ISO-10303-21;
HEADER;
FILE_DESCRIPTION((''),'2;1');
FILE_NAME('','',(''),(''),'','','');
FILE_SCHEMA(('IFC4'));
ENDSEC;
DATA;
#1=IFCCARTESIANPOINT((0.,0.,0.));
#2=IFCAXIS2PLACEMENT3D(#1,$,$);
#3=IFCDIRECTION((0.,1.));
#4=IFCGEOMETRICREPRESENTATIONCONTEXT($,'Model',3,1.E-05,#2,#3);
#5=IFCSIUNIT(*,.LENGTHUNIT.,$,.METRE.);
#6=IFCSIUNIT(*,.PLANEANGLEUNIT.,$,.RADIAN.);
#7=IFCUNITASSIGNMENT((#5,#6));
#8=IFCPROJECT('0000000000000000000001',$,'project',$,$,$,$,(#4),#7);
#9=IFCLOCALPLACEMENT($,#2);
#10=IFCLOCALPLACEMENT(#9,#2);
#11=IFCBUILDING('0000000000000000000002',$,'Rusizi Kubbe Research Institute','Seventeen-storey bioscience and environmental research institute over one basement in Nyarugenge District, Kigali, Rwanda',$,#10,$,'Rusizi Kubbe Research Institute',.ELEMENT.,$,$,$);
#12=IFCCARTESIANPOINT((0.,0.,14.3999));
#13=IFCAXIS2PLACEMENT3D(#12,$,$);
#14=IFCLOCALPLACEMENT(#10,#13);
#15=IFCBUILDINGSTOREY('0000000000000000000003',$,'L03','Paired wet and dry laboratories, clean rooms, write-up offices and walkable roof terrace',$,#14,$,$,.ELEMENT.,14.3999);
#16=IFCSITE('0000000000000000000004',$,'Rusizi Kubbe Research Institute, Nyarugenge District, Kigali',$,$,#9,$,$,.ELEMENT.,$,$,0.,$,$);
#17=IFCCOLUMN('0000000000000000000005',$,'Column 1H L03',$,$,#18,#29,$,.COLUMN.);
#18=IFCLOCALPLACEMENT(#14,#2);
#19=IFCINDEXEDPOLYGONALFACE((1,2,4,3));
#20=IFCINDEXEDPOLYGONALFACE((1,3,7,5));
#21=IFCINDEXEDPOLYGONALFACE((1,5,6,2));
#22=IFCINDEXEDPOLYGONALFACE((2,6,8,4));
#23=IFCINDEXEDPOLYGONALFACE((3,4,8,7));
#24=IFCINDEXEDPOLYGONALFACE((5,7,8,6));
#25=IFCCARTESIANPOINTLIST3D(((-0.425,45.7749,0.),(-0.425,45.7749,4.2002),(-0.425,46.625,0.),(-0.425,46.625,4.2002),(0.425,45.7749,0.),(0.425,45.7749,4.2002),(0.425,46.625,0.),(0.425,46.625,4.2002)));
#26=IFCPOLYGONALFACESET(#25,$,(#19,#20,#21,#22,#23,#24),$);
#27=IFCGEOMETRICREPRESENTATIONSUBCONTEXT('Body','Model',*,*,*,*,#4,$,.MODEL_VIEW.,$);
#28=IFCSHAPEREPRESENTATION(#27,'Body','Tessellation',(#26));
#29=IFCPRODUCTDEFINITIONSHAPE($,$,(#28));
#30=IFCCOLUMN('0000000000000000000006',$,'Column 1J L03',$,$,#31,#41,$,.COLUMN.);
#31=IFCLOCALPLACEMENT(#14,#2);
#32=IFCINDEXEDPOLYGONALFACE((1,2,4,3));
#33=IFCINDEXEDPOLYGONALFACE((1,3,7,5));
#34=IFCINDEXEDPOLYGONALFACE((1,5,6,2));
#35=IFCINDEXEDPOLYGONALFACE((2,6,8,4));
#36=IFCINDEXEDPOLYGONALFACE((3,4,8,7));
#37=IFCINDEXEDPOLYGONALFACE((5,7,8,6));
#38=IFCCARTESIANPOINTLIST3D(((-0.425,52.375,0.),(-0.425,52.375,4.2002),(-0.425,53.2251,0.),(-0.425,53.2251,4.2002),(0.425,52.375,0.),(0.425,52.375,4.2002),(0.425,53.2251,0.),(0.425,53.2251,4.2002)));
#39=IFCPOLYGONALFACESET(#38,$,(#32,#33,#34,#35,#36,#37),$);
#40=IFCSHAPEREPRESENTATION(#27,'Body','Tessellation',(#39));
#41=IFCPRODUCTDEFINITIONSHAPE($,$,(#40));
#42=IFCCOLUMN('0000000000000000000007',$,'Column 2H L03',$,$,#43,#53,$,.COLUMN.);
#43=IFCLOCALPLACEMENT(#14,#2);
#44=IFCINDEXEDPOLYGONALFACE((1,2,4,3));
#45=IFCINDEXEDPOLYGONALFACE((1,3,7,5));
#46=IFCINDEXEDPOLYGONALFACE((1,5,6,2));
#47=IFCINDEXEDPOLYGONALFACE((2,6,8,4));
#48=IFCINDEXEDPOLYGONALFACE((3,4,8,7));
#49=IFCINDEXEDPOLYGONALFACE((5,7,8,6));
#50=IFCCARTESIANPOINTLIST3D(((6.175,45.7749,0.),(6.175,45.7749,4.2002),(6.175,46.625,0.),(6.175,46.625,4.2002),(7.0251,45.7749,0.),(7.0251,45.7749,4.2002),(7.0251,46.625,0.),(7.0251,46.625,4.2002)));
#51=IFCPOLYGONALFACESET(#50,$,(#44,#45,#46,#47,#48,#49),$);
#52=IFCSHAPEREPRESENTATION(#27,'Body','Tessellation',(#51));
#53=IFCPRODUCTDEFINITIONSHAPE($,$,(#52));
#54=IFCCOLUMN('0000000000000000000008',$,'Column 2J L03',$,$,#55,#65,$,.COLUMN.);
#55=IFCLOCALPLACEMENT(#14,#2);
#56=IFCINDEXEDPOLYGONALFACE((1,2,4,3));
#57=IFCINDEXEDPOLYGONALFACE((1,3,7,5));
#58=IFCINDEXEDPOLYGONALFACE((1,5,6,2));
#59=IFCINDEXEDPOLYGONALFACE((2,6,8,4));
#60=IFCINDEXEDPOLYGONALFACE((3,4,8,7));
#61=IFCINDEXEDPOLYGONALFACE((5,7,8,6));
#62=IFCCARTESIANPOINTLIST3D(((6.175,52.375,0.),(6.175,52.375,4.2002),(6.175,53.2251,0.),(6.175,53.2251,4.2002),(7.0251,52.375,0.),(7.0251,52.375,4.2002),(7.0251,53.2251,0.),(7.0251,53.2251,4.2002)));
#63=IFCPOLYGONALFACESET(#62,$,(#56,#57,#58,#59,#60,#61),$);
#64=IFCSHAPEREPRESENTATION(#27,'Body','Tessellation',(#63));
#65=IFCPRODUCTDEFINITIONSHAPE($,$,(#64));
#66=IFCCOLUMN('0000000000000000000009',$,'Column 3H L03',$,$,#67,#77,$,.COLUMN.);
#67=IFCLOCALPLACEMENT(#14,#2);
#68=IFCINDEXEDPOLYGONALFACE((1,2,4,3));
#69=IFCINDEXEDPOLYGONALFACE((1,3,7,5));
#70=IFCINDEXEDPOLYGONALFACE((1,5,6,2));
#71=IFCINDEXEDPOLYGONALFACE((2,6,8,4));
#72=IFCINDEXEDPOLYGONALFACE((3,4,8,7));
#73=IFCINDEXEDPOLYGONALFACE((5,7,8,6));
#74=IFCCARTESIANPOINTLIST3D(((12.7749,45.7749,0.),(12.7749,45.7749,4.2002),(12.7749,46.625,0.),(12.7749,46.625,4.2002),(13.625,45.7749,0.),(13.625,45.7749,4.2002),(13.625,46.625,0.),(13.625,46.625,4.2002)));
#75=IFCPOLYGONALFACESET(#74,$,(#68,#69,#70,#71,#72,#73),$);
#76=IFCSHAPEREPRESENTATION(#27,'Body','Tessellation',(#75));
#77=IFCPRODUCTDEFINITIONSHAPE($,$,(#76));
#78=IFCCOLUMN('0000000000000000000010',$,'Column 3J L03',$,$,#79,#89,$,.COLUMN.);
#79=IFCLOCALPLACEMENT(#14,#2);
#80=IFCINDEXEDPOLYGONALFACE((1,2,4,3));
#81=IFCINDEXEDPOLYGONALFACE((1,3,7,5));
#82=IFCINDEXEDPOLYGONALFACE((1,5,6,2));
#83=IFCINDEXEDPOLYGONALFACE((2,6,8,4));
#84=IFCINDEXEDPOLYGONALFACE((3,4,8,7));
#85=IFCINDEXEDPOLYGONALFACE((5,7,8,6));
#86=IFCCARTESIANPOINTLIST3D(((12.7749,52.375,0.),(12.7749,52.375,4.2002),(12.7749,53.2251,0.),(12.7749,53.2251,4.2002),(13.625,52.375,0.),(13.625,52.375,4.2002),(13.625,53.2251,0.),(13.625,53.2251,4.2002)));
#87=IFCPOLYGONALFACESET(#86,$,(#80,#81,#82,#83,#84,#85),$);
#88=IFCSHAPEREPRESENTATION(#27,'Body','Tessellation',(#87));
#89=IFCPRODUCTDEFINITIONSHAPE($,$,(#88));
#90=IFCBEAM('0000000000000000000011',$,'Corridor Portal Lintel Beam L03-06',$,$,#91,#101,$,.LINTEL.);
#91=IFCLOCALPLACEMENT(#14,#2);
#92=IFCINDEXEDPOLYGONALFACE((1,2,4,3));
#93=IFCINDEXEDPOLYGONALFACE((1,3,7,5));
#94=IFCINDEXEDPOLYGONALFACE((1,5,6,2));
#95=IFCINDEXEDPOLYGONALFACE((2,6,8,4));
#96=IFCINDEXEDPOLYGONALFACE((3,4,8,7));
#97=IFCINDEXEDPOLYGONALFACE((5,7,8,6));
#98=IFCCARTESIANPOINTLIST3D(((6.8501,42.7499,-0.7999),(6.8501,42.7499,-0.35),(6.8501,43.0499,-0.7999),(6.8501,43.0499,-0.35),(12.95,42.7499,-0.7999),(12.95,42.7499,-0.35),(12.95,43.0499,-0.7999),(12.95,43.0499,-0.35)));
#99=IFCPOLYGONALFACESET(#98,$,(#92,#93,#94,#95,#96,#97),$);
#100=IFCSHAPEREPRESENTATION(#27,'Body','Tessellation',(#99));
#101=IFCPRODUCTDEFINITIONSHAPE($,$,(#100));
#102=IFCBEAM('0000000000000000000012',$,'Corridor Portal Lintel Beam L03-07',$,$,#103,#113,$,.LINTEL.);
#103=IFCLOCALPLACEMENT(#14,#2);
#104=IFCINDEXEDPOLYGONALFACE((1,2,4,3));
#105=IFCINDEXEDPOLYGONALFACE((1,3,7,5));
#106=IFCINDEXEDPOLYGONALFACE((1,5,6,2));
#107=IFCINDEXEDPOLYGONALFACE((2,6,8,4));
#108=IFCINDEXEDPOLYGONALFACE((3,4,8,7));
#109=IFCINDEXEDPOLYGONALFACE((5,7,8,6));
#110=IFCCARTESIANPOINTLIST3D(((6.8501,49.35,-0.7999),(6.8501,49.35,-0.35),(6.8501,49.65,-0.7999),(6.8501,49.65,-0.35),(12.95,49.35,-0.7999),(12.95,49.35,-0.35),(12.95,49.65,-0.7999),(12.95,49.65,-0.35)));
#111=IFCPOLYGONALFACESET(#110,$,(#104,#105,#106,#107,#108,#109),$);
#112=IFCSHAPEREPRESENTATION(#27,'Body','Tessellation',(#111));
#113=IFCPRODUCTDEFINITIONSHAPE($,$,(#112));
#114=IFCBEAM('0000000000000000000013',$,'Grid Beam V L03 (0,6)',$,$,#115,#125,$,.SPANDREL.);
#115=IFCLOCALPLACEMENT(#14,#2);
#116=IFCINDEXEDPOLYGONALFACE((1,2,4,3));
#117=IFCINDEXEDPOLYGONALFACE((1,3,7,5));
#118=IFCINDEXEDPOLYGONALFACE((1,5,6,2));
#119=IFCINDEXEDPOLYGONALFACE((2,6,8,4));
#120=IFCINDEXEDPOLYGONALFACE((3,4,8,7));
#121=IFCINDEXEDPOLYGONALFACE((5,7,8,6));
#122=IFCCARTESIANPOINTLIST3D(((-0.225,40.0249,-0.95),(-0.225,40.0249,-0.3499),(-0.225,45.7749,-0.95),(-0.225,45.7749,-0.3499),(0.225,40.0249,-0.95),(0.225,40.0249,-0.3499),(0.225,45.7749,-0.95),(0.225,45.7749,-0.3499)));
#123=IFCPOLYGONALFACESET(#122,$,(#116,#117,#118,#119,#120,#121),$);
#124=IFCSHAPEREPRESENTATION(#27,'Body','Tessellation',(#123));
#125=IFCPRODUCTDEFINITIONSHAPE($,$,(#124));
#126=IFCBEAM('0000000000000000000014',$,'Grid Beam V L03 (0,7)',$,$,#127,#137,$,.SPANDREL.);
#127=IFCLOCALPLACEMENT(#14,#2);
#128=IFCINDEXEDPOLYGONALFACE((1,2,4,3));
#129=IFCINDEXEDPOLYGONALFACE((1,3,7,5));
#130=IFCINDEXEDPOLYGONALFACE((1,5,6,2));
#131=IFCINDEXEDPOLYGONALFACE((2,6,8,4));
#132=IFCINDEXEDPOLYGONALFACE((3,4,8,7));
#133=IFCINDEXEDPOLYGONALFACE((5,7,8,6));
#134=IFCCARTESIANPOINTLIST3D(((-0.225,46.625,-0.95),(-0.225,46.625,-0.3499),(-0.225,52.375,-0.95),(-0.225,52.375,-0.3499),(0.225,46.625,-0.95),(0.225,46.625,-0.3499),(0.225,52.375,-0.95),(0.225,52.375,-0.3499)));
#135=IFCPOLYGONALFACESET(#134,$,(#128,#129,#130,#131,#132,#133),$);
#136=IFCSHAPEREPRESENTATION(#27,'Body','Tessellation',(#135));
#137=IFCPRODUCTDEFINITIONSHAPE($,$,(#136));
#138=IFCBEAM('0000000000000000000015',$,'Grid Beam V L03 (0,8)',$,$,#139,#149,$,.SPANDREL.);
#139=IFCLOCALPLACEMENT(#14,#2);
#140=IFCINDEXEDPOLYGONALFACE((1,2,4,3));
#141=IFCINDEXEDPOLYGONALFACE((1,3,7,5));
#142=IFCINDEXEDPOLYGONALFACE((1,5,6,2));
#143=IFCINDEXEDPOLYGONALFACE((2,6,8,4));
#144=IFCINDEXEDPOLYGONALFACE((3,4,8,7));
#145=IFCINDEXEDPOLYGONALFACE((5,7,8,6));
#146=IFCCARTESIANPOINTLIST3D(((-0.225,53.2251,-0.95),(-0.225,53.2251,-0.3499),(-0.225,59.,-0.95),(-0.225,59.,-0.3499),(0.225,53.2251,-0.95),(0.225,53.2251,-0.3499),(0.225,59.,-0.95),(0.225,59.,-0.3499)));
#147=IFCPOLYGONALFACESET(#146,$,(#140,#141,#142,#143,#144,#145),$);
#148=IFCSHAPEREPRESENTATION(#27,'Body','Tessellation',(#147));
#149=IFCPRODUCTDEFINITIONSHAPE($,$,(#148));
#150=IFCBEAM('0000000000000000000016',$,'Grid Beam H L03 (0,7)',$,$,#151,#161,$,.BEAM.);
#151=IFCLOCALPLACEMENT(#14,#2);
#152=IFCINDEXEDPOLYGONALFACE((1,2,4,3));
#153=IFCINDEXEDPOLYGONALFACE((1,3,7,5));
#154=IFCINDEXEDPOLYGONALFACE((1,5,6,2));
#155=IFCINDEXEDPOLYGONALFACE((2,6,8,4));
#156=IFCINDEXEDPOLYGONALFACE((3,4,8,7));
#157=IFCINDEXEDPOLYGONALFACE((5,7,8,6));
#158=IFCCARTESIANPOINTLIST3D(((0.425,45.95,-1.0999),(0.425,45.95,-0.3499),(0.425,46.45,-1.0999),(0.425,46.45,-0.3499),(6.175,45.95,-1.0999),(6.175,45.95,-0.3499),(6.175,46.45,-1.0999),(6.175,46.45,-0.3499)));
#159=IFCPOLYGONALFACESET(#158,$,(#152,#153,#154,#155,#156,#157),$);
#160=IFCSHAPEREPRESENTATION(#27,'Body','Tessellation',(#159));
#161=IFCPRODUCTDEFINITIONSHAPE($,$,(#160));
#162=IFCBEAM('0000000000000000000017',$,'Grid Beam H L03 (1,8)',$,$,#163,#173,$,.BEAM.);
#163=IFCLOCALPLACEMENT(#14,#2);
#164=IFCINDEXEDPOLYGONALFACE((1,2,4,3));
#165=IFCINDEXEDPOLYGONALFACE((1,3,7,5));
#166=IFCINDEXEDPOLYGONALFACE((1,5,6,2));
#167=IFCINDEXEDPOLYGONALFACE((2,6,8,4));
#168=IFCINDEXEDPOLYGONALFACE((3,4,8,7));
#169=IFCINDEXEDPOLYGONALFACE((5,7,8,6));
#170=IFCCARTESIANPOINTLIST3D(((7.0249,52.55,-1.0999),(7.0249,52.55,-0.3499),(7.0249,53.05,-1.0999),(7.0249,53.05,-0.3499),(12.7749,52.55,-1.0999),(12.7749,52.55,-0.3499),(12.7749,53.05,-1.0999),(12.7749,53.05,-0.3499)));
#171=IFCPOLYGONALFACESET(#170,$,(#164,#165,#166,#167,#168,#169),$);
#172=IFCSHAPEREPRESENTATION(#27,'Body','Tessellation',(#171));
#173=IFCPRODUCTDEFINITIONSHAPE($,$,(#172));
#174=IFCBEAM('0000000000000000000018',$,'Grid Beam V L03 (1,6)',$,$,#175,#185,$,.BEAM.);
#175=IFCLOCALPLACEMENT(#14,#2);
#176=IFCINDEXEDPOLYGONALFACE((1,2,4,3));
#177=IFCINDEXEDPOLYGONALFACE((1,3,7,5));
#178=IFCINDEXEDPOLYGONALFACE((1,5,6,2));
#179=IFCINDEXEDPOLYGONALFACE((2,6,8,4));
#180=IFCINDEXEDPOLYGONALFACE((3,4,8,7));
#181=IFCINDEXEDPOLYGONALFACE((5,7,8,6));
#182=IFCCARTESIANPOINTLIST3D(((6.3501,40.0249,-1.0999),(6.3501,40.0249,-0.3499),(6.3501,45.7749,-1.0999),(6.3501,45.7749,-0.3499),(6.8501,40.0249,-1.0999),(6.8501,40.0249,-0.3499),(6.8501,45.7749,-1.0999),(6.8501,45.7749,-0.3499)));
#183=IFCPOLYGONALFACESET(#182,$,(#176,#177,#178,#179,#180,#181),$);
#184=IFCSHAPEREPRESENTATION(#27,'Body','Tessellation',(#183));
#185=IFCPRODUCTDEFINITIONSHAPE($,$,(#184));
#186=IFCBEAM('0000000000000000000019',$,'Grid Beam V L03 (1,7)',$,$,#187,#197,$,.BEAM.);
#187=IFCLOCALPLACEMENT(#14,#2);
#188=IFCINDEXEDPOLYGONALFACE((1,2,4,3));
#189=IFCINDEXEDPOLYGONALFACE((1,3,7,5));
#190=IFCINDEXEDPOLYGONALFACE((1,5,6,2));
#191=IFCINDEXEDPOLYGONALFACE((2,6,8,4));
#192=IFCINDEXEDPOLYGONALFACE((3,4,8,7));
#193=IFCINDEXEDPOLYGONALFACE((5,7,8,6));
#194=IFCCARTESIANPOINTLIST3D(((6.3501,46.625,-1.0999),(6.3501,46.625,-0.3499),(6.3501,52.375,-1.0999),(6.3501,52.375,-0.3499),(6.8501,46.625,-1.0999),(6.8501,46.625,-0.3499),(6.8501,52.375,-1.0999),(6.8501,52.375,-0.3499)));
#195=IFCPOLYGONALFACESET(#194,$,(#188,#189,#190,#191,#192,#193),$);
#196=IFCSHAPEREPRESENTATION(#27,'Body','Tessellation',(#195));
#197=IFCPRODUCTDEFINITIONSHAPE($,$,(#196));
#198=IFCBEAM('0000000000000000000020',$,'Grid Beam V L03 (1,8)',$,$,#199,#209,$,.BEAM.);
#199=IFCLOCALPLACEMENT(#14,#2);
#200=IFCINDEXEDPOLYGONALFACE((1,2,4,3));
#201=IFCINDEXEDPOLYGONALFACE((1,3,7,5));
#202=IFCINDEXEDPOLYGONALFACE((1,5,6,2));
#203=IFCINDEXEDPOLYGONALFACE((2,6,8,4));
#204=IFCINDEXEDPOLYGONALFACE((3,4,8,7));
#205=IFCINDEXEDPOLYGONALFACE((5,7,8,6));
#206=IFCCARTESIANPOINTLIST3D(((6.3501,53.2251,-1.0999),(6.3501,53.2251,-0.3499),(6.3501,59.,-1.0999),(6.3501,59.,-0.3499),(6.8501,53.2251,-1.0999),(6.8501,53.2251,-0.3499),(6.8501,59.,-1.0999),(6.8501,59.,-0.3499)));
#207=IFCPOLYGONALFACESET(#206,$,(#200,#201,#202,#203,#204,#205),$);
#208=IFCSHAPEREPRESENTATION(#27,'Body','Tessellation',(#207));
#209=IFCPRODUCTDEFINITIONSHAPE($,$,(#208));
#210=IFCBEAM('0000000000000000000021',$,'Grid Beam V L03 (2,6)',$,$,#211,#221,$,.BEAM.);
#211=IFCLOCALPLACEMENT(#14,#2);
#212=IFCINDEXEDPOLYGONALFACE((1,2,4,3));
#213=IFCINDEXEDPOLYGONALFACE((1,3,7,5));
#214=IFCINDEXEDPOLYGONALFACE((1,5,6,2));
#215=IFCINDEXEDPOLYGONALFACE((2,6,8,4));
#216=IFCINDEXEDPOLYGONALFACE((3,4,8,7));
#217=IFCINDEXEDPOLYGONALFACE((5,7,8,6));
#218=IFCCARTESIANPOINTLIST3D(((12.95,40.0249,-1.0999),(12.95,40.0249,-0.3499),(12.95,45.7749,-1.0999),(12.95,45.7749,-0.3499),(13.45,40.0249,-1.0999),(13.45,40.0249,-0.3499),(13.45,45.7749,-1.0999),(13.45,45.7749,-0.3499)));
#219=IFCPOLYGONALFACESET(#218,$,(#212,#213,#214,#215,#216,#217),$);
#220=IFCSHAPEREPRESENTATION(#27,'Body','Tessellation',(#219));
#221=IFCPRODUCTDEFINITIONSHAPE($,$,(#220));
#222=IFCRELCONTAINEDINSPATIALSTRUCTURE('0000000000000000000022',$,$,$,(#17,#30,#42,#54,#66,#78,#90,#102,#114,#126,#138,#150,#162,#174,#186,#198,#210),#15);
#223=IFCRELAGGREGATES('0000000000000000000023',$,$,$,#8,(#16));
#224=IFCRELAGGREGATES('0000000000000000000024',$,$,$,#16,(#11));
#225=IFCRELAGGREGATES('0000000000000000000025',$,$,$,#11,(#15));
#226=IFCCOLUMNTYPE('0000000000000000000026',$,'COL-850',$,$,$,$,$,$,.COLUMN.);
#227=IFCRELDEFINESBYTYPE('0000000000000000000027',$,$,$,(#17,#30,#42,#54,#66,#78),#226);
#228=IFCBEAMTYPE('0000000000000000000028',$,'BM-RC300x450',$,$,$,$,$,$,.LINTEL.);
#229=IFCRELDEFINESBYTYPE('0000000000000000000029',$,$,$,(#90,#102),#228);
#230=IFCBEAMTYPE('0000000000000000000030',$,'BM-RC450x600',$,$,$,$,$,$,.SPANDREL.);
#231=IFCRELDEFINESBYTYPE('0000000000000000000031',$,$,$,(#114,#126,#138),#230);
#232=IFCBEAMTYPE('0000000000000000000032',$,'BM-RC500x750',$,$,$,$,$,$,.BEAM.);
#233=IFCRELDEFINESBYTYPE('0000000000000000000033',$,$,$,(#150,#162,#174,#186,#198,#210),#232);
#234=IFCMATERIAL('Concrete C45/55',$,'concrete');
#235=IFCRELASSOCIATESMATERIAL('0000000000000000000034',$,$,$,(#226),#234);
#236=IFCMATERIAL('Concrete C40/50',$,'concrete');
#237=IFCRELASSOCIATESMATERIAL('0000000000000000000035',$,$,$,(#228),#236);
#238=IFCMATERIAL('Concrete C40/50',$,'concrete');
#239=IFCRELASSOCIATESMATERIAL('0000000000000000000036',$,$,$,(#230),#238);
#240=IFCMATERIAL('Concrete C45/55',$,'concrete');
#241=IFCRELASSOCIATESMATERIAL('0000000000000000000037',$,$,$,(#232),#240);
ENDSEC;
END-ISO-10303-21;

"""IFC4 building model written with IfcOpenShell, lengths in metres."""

from ifc_helpers import new_model, si_unit, direction, frame, origin, origin_2d, place, context, subcontext, project, spatial, rectangle, extrude, material, material_profile, profile_set, type_object, element, save


model = new_model("IFC4")

# Units and contexts
model_context = context("Model", 3, precision=1e-05, world=origin(), true_north=direction((0.0, 1.0)))
body_context = subcontext(model_context, "Body", "Model", "MODEL_VIEW")
ifc_project = project(units=[si_unit("LENGTHUNIT", "METRE"), si_unit("PLANEANGLEUNIT", "RADIAN")], contexts=[model_context])

# Site, building, storey
site_placement = place(None, origin())
site = spatial("IfcSite", under=ifc_project, at=site_placement, Name="Rusizi Kubbe Research Institute, Nyarugenge District, Kigali", CompositionType="ELEMENT", RefElevation=0.0)
building_placement = place(site_placement, origin())
building = spatial("IfcBuilding", under=site, at=building_placement, Name="Rusizi Kubbe Research Institute", Description="Seventeen-storey bioscience and environmental research institute over one basement in Nyarugenge District, Kigali, Rwanda", LongName="Rusizi Kubbe Research Institute", CompositionType="ELEMENT")
storey_placement = place(building_placement, frame((0.0, 0.0, 14.3999)))
storey = spatial("IfcBuildingStorey", under=building, at=storey_placement, Name="L03", Description="Paired wet and dry laboratories, clean rooms, write-up offices and walkable roof terrace", CompositionType="ELEMENT", Elevation=14.3999)

# Columns
ifc_material_1 = material(Name="Concrete C45/55", Category="concrete")
ifc_material_profile_1 = material_profile(ifc_material_1, rectangle(XDim=0.8501, YDim=0.8501, at=origin_2d()), Name="RC850x850")
ifc_profile_set_1 = profile_set([ifc_material_profile_1], Name="Concrete C45/55")
column_type = type_object("IfcColumnType", Name="COL-850", PredefinedType="COLUMN", material=ifc_profile_set_1)
for number, where, z_axis, x_axis, name in (
    (1, (0.0, 46.2, 0.0), (0.0, 0.0, 1.0), (1.0, 0.0, 0.0), "Column 1H L03"),
    (2, (0.0, 52.8, 0.0), (0.0, 0.0, 1.0), (1.0, 0.0, 0.0), "Column 1J L03"),
    (3, (6.6001, 46.2, 0.0), (0.0, 0.0, 1.0), (1.0, 0.0, 0.0), "Column 2H L03"),
    (4, (6.6001, 52.8, 0.0), (0.0, 0.0, 1.0), (1.0, 0.0, 0.0), "Column 2J L03"),
    (5, (13.2, 46.2, 0.0), (0.0, 0.0, 1.0), (1.0, 0.0, 0.0), "Column 3H L03"),
    (6, (13.2, 52.8, 0.0), (0.0, 0.0, 1.0), (1.0, 0.0, 0.0), "Column 3J L03"),
):
    element("IfcColumn", number, at=place(storey_placement, frame(where, z_axis=z_axis, x_axis=x_axis)), inside=storey, type_object=column_type, Name=name, PredefinedType="COLUMN", context=body_context, shape_type="SweptSolid", body=[
        extrude(rectangle(XDim=0.8501, YDim=0.8501, at=origin_2d()), origin(), (0.0, 0.0, 1.0), 4.2002),
    ])

# Beams
ifc_material_2 = material(Name="Concrete C40/50", Category="concrete")
ifc_material_profile_2 = material_profile(ifc_material_2, rectangle(XDim=0.3, YDim=0.45, at=origin_2d()), Name="RC300x450")
ifc_profile_set_2 = profile_set([ifc_material_profile_2], Name="Concrete C40/50")
beam_type_1 = type_object("IfcBeamType", Name="BM-RC300x450", PredefinedType="LINTEL", material=ifc_profile_set_2)
for number, where, z_axis, x_axis, name in (
    (7, (6.8501, 42.8999, -0.575), (1.0, 0.0, 0.0), (0.0, 1.0, 0.0), "Corridor Portal Lintel Beam L03-06"),
    (8, (6.8501, 49.5, -0.575), (1.0, 0.0, 0.0), (0.0, 1.0, 0.0), "Corridor Portal Lintel Beam L03-07"),
):
    element("IfcBeam", number, at=place(storey_placement, frame(where, z_axis=z_axis, x_axis=x_axis)), inside=storey, type_object=beam_type_1, Name=name, PredefinedType="LINTEL", context=body_context, shape_type="SweptSolid", body=[
        extrude(rectangle(XDim=0.3, YDim=0.45, at=origin_2d()), origin(), (0.0, 0.0, 1.0), 6.0999),
    ])
ifc_material_3 = material(Name="Concrete C40/50", Category="concrete")
ifc_material_profile_3 = material_profile(ifc_material_3, rectangle(XDim=0.45, YDim=0.6001, at=origin_2d()), Name="RC450x600")
ifc_profile_set_3 = profile_set([ifc_material_profile_3], Name="Concrete C40/50")
beam_type_2 = type_object("IfcBeamType", Name="BM-RC450x600", PredefinedType="SPANDREL", material=ifc_profile_set_3)
for number, where, z_axis, x_axis, name in (
    (9, (0.0, 40.0249, -0.6499), (0.0, 1.0, 0.0), (-1.0, 0.0, 0.0), "Grid Beam V L03 (0,6)"),
    (10, (0.0, 46.625, -0.6499), (0.0, 1.0, 0.0), (-1.0, 0.0, 0.0), "Grid Beam V L03 (0,7)"),
):
    element("IfcBeam", number, at=place(storey_placement, frame(where, z_axis=z_axis, x_axis=x_axis)), inside=storey, type_object=beam_type_2, Name=name, PredefinedType="SPANDREL", context=body_context, shape_type="SweptSolid", body=[
        extrude(rectangle(XDim=0.45, YDim=0.6001, at=origin_2d()), origin(), (0.0, 0.0, 1.0), 5.75),
    ])
beam_1_placement = place(storey_placement, frame((0.0, 53.2251, -0.6499), z_axis=(0.0, 1.0, 0.0), x_axis=(-1.0, 0.0, 0.0)))
element("IfcBeam", 11, at=beam_1_placement, inside=storey, type_object=beam_type_2, Name="Grid Beam V L03 (0,8)", PredefinedType="SPANDREL", context=body_context, shape_type="SweptSolid", body=[
    extrude(rectangle(XDim=0.45, YDim=0.6001, at=origin_2d()), origin(), (0.0, 0.0, 1.0), 5.7749),
])
ifc_material_4 = material(Name="Concrete C45/55", Category="concrete")
ifc_material_profile_4 = material_profile(ifc_material_4, rectangle(XDim=0.5, YDim=0.75, at=origin_2d()), Name="RC500x750B")
ifc_profile_set_4 = profile_set([ifc_material_profile_4], Name="Concrete C45/55")
beam_type_3 = type_object("IfcBeamType", Name="BM-RC500x750", PredefinedType="BEAM", material=ifc_profile_set_4)
for number, where, z_axis, x_axis, name in (
    (12, (0.425, 46.2, -0.7249), (1.0, 0.0, 0.0), (0.0, 1.0, 0.0), "Grid Beam H L03 (0,7)"),
    (13, (7.0249, 52.8, -0.7249), (1.0, 0.0, 0.0), (0.0, 1.0, 0.0), "Grid Beam H L03 (1,8)"),
    (14, (6.6001, 40.0249, -0.7249), (0.0, 1.0, 0.0), (-1.0, 0.0, 0.0), "Grid Beam V L03 (1,6)"),
    (15, (6.6001, 46.625, -0.7249), (0.0, 1.0, 0.0), (-1.0, 0.0, 0.0), "Grid Beam V L03 (1,7)"),
):
    element("IfcBeam", number, at=place(storey_placement, frame(where, z_axis=z_axis, x_axis=x_axis)), inside=storey, type_object=beam_type_3, Name=name, PredefinedType="BEAM", context=body_context, shape_type="SweptSolid", body=[
        extrude(rectangle(XDim=0.5, YDim=0.75, at=origin_2d()), origin(), (0.0, 0.0, 1.0), 5.75),
    ])
beam_2_placement = place(storey_placement, frame((6.6001, 53.2251, -0.7249), z_axis=(0.0, 1.0, 0.0), x_axis=(-1.0, 0.0, 0.0)))
element("IfcBeam", 16, at=beam_2_placement, inside=storey, type_object=beam_type_3, Name="Grid Beam V L03 (1,8)", PredefinedType="BEAM", context=body_context, shape_type="SweptSolid", body=[
    extrude(rectangle(XDim=0.5, YDim=0.75, at=origin_2d()), origin(), (0.0, 0.0, 1.0), 5.7749),
])
for number, where, z_axis, x_axis, name in (
    (17, (13.2, 40.0249, -0.7249), (0.0, 1.0, 0.0), (-1.0, 0.0, 0.0), "Grid Beam V L03 (2,6)"),
):
    element("IfcBeam", number, at=place(storey_placement, frame(where, z_axis=z_axis, x_axis=x_axis)), inside=storey, type_object=beam_type_3, Name=name, PredefinedType="BEAM", context=body_context, shape_type="SweptSolid", body=[
        extrude(rectangle(XDim=0.5, YDim=0.75, at=origin_2d()), origin(), (0.0, 0.0, 1.0), 5.75),
    ])

save(model, "model.ifc")
